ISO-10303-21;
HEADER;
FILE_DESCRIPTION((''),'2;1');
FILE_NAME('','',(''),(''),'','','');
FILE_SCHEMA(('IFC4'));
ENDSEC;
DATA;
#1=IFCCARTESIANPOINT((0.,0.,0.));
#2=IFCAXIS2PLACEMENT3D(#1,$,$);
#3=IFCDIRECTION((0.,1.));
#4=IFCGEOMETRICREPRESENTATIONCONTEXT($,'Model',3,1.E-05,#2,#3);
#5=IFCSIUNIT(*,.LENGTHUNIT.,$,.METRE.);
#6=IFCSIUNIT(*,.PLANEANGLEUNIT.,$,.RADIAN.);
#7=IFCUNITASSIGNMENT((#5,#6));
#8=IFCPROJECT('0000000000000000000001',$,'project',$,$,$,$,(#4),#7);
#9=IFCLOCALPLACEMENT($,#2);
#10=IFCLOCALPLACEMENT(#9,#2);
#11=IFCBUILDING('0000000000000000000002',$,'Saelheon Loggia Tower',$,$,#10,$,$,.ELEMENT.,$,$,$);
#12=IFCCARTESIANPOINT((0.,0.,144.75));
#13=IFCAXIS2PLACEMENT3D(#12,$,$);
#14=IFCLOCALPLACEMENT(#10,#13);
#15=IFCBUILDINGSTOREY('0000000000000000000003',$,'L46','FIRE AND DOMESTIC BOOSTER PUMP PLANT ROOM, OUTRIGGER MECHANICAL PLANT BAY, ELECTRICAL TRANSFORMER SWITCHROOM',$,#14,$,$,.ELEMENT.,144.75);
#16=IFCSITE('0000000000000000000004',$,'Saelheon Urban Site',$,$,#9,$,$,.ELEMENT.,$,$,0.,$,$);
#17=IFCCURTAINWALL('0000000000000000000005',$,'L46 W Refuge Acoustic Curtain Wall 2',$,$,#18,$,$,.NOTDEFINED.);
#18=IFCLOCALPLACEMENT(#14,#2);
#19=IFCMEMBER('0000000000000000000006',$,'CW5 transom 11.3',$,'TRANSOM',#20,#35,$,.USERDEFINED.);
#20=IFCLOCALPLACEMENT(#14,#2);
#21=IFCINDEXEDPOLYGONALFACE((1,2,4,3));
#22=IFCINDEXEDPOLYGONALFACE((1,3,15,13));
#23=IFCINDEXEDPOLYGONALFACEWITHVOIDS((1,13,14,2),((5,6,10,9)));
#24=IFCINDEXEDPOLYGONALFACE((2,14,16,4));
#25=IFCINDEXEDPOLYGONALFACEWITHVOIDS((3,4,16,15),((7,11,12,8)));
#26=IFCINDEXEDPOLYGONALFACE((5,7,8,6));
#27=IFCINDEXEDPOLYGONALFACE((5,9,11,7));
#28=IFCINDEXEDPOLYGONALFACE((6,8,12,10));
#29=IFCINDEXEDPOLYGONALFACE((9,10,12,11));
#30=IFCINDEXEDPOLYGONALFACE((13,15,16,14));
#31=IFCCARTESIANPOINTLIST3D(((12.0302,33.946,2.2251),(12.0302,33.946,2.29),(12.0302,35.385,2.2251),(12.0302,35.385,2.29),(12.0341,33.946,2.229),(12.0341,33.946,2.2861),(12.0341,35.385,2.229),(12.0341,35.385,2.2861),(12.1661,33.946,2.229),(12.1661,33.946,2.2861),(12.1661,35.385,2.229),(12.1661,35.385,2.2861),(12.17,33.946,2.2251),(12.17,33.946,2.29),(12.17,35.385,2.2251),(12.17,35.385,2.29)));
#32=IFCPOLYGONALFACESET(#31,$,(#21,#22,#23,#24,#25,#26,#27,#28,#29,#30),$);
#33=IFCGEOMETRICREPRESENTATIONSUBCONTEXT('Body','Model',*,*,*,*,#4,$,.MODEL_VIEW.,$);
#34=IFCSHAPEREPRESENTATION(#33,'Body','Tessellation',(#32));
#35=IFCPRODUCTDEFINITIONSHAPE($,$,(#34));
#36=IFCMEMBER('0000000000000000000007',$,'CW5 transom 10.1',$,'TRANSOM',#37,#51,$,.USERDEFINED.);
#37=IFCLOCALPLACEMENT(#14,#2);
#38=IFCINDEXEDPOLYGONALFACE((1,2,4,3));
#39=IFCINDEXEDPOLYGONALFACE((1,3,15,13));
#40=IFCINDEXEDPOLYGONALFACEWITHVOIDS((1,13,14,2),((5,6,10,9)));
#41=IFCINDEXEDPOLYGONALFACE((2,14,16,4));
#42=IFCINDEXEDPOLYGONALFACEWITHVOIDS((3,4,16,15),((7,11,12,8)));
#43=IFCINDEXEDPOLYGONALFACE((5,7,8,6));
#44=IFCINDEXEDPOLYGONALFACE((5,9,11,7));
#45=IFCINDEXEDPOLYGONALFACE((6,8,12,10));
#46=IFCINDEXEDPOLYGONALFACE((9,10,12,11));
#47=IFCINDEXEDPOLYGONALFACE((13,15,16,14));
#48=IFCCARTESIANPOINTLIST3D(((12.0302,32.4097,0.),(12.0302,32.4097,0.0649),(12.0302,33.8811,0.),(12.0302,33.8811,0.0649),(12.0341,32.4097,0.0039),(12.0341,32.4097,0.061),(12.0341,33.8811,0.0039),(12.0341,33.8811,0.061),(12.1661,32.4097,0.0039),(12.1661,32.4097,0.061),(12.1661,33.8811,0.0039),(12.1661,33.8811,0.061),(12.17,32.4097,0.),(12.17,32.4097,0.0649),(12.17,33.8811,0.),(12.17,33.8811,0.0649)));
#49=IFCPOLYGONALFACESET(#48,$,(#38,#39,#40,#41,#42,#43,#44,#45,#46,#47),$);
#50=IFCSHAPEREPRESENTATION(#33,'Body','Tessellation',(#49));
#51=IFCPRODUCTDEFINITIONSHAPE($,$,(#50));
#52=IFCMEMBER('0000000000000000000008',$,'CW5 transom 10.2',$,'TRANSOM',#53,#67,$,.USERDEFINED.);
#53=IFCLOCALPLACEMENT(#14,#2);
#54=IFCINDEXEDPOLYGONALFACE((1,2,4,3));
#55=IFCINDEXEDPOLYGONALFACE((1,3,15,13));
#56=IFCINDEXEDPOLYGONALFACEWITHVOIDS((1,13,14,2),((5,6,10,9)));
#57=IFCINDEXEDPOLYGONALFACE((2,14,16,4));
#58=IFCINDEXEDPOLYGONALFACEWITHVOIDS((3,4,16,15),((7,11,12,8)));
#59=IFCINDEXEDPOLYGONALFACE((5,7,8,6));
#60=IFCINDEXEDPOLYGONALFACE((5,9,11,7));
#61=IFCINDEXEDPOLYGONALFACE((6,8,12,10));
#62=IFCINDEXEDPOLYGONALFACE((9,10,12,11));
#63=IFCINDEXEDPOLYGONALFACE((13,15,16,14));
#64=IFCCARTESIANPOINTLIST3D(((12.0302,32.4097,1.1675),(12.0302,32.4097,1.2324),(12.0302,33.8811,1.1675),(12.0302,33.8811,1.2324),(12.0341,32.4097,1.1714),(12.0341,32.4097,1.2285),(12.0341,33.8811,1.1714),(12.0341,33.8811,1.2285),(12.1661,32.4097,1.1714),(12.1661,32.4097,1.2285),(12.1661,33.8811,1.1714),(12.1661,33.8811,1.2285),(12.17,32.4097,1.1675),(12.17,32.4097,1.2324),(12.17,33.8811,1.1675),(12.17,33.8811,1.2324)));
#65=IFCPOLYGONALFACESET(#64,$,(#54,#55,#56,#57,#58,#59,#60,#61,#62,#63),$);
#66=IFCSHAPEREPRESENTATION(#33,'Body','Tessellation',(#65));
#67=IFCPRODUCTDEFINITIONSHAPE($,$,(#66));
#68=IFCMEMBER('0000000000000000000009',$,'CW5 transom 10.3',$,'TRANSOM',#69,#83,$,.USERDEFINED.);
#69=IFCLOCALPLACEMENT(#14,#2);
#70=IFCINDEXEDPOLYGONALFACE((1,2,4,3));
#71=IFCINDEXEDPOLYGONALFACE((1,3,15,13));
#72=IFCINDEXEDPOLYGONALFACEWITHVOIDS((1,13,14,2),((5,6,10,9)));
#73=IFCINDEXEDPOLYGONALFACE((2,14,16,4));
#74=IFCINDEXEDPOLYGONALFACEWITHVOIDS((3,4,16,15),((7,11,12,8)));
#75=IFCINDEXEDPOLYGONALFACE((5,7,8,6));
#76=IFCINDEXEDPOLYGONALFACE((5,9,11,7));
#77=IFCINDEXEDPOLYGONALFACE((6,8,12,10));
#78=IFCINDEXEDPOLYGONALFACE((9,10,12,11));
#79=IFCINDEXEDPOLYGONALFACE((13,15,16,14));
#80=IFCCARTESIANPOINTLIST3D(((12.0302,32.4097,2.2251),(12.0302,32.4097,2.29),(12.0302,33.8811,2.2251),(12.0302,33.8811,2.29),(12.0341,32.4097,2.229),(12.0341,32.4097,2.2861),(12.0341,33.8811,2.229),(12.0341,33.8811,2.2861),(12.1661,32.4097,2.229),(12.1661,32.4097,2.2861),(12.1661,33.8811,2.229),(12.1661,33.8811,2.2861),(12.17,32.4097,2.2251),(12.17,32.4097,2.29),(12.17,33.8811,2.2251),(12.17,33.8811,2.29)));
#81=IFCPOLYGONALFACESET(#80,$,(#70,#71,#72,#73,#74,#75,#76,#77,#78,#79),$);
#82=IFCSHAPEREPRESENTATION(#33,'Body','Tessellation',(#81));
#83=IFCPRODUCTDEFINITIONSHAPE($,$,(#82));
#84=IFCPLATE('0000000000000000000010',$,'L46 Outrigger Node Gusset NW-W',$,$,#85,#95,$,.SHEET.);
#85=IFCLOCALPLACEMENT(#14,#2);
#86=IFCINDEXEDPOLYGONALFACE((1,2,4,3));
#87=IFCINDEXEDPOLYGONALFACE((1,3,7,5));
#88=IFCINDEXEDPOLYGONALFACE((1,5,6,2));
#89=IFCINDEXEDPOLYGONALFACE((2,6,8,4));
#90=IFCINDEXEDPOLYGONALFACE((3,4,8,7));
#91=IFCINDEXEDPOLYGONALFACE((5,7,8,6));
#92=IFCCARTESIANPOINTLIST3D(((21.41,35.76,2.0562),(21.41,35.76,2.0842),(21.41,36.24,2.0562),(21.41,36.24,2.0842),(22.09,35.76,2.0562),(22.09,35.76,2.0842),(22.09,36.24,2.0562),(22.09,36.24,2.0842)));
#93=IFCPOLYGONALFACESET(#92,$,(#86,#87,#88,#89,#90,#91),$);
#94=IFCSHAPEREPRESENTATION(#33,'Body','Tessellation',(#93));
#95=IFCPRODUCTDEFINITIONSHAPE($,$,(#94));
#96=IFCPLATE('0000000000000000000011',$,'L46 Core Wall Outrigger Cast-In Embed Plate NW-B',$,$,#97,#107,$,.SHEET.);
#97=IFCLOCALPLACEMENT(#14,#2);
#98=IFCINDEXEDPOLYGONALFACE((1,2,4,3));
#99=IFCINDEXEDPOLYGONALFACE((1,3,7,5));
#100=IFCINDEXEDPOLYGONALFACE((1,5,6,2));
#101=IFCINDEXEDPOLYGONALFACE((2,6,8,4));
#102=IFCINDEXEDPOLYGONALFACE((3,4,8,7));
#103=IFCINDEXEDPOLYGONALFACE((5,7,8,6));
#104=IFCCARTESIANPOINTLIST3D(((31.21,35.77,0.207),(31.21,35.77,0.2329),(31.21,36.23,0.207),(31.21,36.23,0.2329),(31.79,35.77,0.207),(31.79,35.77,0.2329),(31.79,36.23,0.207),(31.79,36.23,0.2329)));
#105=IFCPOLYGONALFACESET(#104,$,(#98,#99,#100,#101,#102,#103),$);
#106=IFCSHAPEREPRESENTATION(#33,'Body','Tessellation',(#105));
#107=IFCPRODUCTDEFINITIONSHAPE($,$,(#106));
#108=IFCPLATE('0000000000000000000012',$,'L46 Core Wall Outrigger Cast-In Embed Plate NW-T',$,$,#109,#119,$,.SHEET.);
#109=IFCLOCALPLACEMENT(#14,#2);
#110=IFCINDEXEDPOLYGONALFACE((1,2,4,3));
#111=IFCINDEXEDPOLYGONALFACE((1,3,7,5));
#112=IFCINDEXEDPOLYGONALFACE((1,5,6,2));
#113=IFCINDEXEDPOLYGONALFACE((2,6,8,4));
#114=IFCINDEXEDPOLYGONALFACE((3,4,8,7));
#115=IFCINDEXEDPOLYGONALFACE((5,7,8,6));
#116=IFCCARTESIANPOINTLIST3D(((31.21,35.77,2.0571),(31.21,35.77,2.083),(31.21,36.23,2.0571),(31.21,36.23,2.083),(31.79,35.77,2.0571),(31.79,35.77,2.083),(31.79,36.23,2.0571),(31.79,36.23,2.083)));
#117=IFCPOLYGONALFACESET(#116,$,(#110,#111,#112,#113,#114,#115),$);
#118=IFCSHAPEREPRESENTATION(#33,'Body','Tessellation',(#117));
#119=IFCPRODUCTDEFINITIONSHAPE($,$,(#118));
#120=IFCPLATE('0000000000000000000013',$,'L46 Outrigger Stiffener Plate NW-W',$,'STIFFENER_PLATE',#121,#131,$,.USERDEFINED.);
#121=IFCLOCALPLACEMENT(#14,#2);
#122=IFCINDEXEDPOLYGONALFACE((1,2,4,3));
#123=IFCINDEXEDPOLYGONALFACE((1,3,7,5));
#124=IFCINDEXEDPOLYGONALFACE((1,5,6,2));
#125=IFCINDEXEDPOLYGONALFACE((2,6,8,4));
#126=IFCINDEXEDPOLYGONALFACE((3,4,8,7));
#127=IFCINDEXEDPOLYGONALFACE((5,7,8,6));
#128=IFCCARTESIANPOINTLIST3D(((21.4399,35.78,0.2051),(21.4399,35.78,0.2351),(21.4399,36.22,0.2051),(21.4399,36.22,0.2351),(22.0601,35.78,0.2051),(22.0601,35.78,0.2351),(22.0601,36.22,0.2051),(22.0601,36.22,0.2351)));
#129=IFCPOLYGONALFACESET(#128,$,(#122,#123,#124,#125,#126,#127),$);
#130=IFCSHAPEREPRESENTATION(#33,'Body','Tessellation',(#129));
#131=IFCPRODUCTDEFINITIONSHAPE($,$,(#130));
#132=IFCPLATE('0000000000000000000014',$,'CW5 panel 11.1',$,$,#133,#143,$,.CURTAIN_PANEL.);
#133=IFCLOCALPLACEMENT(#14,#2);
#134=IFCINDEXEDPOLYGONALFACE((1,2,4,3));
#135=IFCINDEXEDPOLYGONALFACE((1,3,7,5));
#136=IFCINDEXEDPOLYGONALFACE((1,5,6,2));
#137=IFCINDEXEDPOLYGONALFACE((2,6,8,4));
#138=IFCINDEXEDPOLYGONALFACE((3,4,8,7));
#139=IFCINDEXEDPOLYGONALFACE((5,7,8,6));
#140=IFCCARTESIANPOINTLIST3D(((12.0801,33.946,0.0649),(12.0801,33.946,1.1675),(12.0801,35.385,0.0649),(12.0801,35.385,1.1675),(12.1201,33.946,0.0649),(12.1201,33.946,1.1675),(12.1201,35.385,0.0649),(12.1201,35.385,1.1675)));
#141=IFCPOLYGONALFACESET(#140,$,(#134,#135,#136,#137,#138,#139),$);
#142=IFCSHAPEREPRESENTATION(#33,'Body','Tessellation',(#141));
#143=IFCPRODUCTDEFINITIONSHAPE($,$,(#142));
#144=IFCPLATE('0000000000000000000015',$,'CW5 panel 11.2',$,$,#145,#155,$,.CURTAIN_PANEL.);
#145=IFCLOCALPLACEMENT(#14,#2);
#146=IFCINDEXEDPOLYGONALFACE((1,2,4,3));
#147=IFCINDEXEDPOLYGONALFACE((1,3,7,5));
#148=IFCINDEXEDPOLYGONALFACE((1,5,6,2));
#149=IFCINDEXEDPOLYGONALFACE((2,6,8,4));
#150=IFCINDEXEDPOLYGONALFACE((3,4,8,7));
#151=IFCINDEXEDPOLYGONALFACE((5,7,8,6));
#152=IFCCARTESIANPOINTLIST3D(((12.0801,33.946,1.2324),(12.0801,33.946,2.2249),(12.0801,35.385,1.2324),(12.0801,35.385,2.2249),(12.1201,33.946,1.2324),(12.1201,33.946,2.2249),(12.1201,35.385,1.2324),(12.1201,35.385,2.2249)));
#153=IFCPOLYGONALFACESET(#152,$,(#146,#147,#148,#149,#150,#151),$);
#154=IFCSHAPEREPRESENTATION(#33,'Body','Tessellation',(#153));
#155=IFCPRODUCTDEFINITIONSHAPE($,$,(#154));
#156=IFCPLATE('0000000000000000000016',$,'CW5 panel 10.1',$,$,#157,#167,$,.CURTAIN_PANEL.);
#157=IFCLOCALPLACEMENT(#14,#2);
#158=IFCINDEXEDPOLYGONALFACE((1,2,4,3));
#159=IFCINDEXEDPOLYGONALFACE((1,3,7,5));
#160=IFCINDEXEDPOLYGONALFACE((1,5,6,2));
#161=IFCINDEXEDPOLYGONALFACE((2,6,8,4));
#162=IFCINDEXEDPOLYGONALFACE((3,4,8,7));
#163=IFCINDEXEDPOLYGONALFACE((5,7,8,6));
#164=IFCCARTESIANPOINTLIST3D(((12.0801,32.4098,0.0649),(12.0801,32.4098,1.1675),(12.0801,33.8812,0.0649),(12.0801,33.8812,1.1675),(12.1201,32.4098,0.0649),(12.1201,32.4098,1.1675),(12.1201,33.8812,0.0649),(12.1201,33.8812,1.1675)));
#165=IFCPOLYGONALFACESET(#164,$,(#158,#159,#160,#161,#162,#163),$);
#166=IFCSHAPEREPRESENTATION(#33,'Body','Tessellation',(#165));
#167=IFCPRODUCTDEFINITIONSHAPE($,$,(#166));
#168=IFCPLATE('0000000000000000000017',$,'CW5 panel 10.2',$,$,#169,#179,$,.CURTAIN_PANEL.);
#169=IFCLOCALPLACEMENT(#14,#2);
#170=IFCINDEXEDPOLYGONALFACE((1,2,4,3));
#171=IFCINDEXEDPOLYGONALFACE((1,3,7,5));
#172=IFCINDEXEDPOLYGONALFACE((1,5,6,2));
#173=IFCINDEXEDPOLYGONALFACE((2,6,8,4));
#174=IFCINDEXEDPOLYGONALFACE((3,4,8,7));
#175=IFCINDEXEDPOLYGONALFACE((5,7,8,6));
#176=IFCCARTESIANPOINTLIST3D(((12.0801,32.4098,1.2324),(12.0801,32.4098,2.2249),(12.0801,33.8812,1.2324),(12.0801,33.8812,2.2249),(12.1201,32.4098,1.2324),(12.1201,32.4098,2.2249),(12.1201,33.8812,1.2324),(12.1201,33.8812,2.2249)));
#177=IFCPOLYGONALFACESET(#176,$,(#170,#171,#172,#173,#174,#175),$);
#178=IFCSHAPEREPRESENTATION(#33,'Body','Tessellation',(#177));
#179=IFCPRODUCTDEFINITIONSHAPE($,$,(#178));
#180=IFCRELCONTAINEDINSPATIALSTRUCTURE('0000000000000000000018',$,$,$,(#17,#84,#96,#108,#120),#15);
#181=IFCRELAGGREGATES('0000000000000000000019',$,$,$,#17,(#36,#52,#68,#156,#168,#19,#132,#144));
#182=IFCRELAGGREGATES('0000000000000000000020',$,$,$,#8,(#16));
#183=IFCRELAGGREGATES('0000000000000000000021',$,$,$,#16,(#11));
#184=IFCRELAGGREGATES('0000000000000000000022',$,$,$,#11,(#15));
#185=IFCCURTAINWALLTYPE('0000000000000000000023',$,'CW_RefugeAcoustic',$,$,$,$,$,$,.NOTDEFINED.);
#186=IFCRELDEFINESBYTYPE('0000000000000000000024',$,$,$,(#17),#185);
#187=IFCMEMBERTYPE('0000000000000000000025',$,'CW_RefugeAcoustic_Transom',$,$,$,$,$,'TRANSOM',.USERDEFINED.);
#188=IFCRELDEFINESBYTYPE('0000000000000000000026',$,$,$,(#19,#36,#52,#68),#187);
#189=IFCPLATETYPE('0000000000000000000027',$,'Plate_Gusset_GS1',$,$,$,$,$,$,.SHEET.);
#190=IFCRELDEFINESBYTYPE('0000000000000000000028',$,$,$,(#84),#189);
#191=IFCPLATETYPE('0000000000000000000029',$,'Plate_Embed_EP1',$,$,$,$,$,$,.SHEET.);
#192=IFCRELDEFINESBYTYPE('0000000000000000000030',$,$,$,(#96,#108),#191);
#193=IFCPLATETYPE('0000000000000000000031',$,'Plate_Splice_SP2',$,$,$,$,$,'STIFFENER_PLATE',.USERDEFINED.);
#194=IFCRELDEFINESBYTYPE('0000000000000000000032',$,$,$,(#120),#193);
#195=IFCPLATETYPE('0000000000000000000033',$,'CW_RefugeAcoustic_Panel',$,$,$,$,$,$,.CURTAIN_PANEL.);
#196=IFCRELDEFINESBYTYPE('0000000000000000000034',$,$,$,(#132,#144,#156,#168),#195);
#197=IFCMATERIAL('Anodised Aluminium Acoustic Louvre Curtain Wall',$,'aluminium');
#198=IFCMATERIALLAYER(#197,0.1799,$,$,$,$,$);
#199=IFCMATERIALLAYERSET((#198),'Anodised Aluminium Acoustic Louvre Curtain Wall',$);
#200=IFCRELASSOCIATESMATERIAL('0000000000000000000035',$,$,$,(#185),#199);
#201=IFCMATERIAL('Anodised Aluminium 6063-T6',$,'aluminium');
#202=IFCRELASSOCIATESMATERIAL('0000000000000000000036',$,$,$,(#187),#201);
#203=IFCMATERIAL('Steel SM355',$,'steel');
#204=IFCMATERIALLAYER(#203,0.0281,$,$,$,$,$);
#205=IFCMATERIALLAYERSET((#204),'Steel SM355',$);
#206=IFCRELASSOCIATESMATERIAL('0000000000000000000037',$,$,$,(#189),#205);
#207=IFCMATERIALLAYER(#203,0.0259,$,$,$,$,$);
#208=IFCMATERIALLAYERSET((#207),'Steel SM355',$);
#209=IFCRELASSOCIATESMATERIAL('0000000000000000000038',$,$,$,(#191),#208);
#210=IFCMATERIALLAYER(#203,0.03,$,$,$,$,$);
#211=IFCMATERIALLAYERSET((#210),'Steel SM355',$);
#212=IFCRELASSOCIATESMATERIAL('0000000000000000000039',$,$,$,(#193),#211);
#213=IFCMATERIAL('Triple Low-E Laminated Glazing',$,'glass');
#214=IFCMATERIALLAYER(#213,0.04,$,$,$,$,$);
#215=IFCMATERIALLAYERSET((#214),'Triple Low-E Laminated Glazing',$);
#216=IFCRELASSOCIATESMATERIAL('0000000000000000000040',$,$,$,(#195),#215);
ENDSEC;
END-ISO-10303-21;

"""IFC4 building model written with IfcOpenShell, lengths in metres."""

from ifc_helpers import new_model, si_unit, direction, frame, origin, origin_2d, place, context, subcontext, project, spatial, rectangle, hollow_rectangle, extrude, source, transform, mapped, material, layer, layer_set, material_profile, profile_set, type_object, element, aggregate, save


model = new_model("IFC4")

# Units and contexts
model_context = context("Model", 3, precision=1e-05, world=origin(), true_north=direction((0.0, 1.0)))
body_context = subcontext(model_context, "Body", "Model", "MODEL_VIEW")
ifc_project = project(units=[si_unit("LENGTHUNIT", "METRE"), si_unit("PLANEANGLEUNIT", "RADIAN")], contexts=[model_context])

# Site, building, storey
site_placement = place(None, origin())
site = spatial("IfcSite", under=ifc_project, at=site_placement, Name="Saelheon Urban Site", CompositionType="ELEMENT", RefElevation=0.0)
building_placement = place(site_placement, origin())
building = spatial("IfcBuilding", under=site, at=building_placement, Name="Saelheon Loggia Tower", CompositionType="ELEMENT")
storey_placement = place(building_placement, frame((0.0, 0.0, 144.75)))
storey = spatial("IfcBuildingStorey", under=building, at=storey_placement, Name="L46", Description="FIRE AND DOMESTIC BOOSTER PUMP PLANT ROOM, OUTRIGGER MECHANICAL PLANT BAY, ELECTRICAL TRANSFORMER SWITCHROOM", CompositionType="ELEMENT", Elevation=144.75)

# Shared definitions
ifc_material_1 = material(Name="Steel SM355", Category="steel")

# Curtain wall, members
ifc_material_2 = material(Name="Anodised Aluminium Acoustic Louvre Curtain Wall", Category="aluminium")
ifc_layer_1 = layer(ifc_material_2, 0.1799)
ifc_layer_set_1 = layer_set([ifc_layer_1], Name="Anodised Aluminium Acoustic Louvre Curtain Wall")
curtain_wall_type = type_object("IfcCurtainWallType", Name="CW_RefugeAcoustic", PredefinedType="NOTDEFINED", material=ifc_layer_set_1)
curtain_wall_placement = place(storey_placement, origin())
curtain_wall = element("IfcCurtainWall", 1, at=curtain_wall_placement, inside=storey, type_object=curtain_wall_type, Name="L46 W Refuge Acoustic Curtain Wall 2", PredefinedType="NOTDEFINED")
ifc_material_3 = material(Name="Anodised Aluminium 6063-T6", Category="aluminium")
ifc_material_profile_1 = material_profile(ifc_material_3, hollow_rectangle(XDim=0.0649, YDim=0.1399, WallThickness=0.0039, at=origin_2d()), Name="RHS-140x65x4")
ifc_profile_set_1 = profile_set([ifc_material_profile_1], Name="Anodised Aluminium 6063-T6")
member_type_1 = type_object("IfcMemberType", Name="CW_RefugeAcoustic_Transom", ElementType="TRANSOM", PredefinedType="USERDEFINED", material=ifc_profile_set_1)
shared_shape_1 = source(origin(), body_context, "Body", "SweptSolid", [
    extrude(hollow_rectangle(XDim=0.0649, YDim=0.1399, WallThickness=0.0039, at=origin_2d()), origin(), (0.0, 0.0, 1.0), 1.439),
])
member_1_placement = place(storey_placement, frame((12.1001, 33.946, 2.2576), z_axis=(0.0, 1.0, 0.0), x_axis=(0.0, 0.0, 1.0)))
member_1 = element("IfcMember", 2, at=member_1_placement, type_object=member_type_1, Name="CW5 transom 11.3", ObjectType="TRANSOM", PredefinedType="USERDEFINED", context=body_context, shape_type="MappedRepresentation", body=[
    mapped(shared_shape_1, transform((0.0, 0.0, 0.0), scale=1.0)),
])
shared_shape_2 = source(origin(), body_context, "Body", "SweptSolid", [
    extrude(hollow_rectangle(XDim=0.0649, YDim=0.1399, WallThickness=0.0039, at=origin_2d()), origin(), (0.0, 0.0, 1.0), 1.4714),
])
member_2_placement = place(storey_placement, frame((12.1001, 32.4097, 0.0325), z_axis=(0.0, 1.0, 0.0), x_axis=(0.0, 0.0, 1.0)))
member_2 = element("IfcMember", 3, at=member_2_placement, type_object=member_type_1, Name="CW5 transom 10.1", ObjectType="TRANSOM", PredefinedType="USERDEFINED", context=body_context, shape_type="MappedRepresentation", body=[
    mapped(shared_shape_2, transform((0.0, 0.0, 0.0), scale=1.0)),
])
member_3_placement = place(storey_placement, frame((12.1001, 32.4097, 1.2), z_axis=(0.0, 1.0, 0.0), x_axis=(0.0, 0.0, 1.0)))
member_3 = element("IfcMember", 4, at=member_3_placement, type_object=member_type_1, Name="CW5 transom 10.2", ObjectType="TRANSOM", PredefinedType="USERDEFINED", context=body_context, shape_type="MappedRepresentation", body=[
    mapped(shared_shape_2, transform((0.0, 0.0, 0.0), scale=1.0)),
])
member_4_placement = place(storey_placement, frame((12.1001, 32.4097, 2.2576), z_axis=(0.0, 1.0, 0.0), x_axis=(0.0, 0.0, 1.0)))
member_4 = element("IfcMember", 5, at=member_4_placement, type_object=member_type_1, Name="CW5 transom 10.3", ObjectType="TRANSOM", PredefinedType="USERDEFINED", context=body_context, shape_type="MappedRepresentation", body=[
    mapped(shared_shape_2, transform((0.0, 0.0, 0.0), scale=1.0)),
])

# Plates
ifc_layer_2 = layer(ifc_material_1, 0.0281)
ifc_layer_set_2 = layer_set([ifc_layer_2], Name="Steel SM355")
plate_type_1 = type_object("IfcPlateType", Name="Plate_Gusset_GS1", PredefinedType="SHEET", material=ifc_layer_set_2)
shared_shape_3 = source(origin(), body_context, "Body", "SweptSolid", [
    extrude(rectangle(XDim=0.6799, YDim=0.48, at=origin_2d()), origin(), (0.0, 0.0, 1.0), 0.0281),
])
plate_1_placement = place(storey_placement, frame((21.75, 36.0, 2.0562), z_axis=(0.0, 0.0, 1.0), x_axis=(1.0, 0.0, 0.0)))
element("IfcPlate", 6, at=plate_1_placement, inside=storey, type_object=plate_type_1, Name="L46 Outrigger Node Gusset NW-W", PredefinedType="SHEET", context=body_context, shape_type="MappedRepresentation", body=[
    mapped(shared_shape_3, transform((0.0, 0.0, 0.0), scale=1.0)),
])
ifc_layer_3 = layer(ifc_material_1, 0.0259)
ifc_layer_set_3 = layer_set([ifc_layer_3], Name="Steel SM355")
plate_type_2 = type_object("IfcPlateType", Name="Plate_Embed_EP1", PredefinedType="SHEET", material=ifc_layer_set_3)
shared_shape_4 = source(origin(), body_context, "Body", "SweptSolid", [
    extrude(rectangle(XDim=0.5801, YDim=0.46, at=origin_2d()), origin(), (0.0, 0.0, 1.0), 0.0259),
])
for number, where, z_axis, x_axis, name in (
    (7, (31.5, 36.0, 0.207), (0.0, 0.0, 1.0), (1.0, 0.0, 0.0), "L46 Core Wall Outrigger Cast-In Embed Plate NW-B"),
    (8, (31.5, 36.0, 2.0571), (0.0, 0.0, 1.0), (1.0, 0.0, 0.0), "L46 Core Wall Outrigger Cast-In Embed Plate NW-T"),
):
    element("IfcPlate", number, at=place(storey_placement, frame(where, z_axis=z_axis, x_axis=x_axis)), inside=storey, type_object=plate_type_2, Name=name, PredefinedType="SHEET", context=body_context, shape_type="MappedRepresentation", body=[
        mapped(shared_shape_4, transform((0.0, 0.0, 0.0), scale=1.0)),
    ])
ifc_layer_4 = layer(ifc_material_1, 0.03)
ifc_layer_set_4 = layer_set([ifc_layer_4], Name="Steel SM355")
plate_type_3 = type_object("IfcPlateType", Name="Plate_Splice_SP2", ElementType="STIFFENER_PLATE", PredefinedType="USERDEFINED", material=ifc_layer_set_4)
shared_shape_5 = source(origin(), body_context, "Body", "SweptSolid", [
    extrude(rectangle(XDim=0.6201, YDim=0.4399, at=origin_2d()), origin(), (0.0, 0.0, 1.0), 0.03),
])
plate_2_placement = place(storey_placement, frame((21.75, 36.0, 0.2051), z_axis=(0.0, 0.0, 1.0), x_axis=(1.0, 0.0, 0.0)))
element("IfcPlate", 9, at=plate_2_placement, inside=storey, type_object=plate_type_3, Name="L46 Outrigger Stiffener Plate NW-W", ObjectType="STIFFENER_PLATE", PredefinedType="USERDEFINED", context=body_context, shape_type="MappedRepresentation", body=[
    mapped(shared_shape_5, transform((0.0, 0.0, 0.0), scale=1.0)),
])

# Plates
ifc_material_4 = material(Name="Triple Low-E Laminated Glazing", Category="glass")
ifc_layer_5 = layer(ifc_material_4, 0.04)
ifc_layer_set_5 = layer_set([ifc_layer_5], Name="Triple Low-E Laminated Glazing")
plate_type_4 = type_object("IfcPlateType", Name="CW_RefugeAcoustic_Panel", PredefinedType="CURTAIN_PANEL", material=ifc_layer_set_5)
shared_shape_6 = source(origin(), body_context, "Body", "SweptSolid", [
    extrude(rectangle(XDim=1.439, YDim=0.04, at=origin_2d()), origin(), (0.0, 0.0, 1.0), 1.1025),
])
plate_3_placement = place(storey_placement, frame((12.1001, 34.6655, 0.0649), z_axis=(0.0, 0.0, 1.0), x_axis=(0.0, 1.0, 0.0)))
plate_3 = element("IfcPlate", 10, at=plate_3_placement, type_object=plate_type_4, Name="CW5 panel 11.1", PredefinedType="CURTAIN_PANEL", context=body_context, shape_type="MappedRepresentation", body=[
    mapped(shared_shape_6, transform((0.0, 0.0, 0.0), scale=1.0)),
])
shared_shape_7 = source(origin(), body_context, "Body", "SweptSolid", [
    extrude(rectangle(XDim=1.439, YDim=0.04, at=origin_2d()), origin(), (0.0, 0.0, 1.0), 0.9924),
])
plate_4_placement = place(storey_placement, frame((12.1001, 34.6655, 1.2324), z_axis=(0.0, 0.0, 1.0), x_axis=(0.0, 1.0, 0.0)))
plate_4 = element("IfcPlate", 11, at=plate_4_placement, type_object=plate_type_4, Name="CW5 panel 11.2", PredefinedType="CURTAIN_PANEL", context=body_context, shape_type="MappedRepresentation", body=[
    mapped(shared_shape_7, transform((0.0, 0.0, 0.0), scale=1.0)),
])
shared_shape_8 = source(origin(), body_context, "Body", "SweptSolid", [
    extrude(rectangle(XDim=1.4714, YDim=0.04, at=origin_2d()), origin(), (0.0, 0.0, 1.0), 1.1025),
])
plate_5_placement = place(storey_placement, frame((12.1001, 33.1455, 0.0649), z_axis=(0.0, 0.0, 1.0), x_axis=(0.0, 1.0, 0.0)))
plate_5 = element("IfcPlate", 12, at=plate_5_placement, type_object=plate_type_4, Name="CW5 panel 10.1", PredefinedType="CURTAIN_PANEL", context=body_context, shape_type="MappedRepresentation", body=[
    mapped(shared_shape_8, transform((0.0, 0.0, 0.0), scale=1.0)),
])
shared_shape_9 = source(origin(), body_context, "Body", "SweptSolid", [
    extrude(rectangle(XDim=1.4714, YDim=0.04, at=origin_2d()), origin(), (0.0, 0.0, 1.0), 0.9924),
])
plate_6_placement = place(storey_placement, frame((12.1001, 33.1455, 1.2324), z_axis=(0.0, 0.0, 1.0), x_axis=(0.0, 1.0, 0.0)))
plate_6 = element("IfcPlate", 13, at=plate_6_placement, type_object=plate_type_4, Name="CW5 panel 10.2", PredefinedType="CURTAIN_PANEL", context=body_context, shape_type="MappedRepresentation", body=[
    mapped(shared_shape_9, transform((0.0, 0.0, 0.0), scale=1.0)),
])
aggregate(curtain_wall, [member_2, member_3, member_4, plate_5, plate_6, member_1, plate_3, plate_4])

save(model, "model.ifc")
